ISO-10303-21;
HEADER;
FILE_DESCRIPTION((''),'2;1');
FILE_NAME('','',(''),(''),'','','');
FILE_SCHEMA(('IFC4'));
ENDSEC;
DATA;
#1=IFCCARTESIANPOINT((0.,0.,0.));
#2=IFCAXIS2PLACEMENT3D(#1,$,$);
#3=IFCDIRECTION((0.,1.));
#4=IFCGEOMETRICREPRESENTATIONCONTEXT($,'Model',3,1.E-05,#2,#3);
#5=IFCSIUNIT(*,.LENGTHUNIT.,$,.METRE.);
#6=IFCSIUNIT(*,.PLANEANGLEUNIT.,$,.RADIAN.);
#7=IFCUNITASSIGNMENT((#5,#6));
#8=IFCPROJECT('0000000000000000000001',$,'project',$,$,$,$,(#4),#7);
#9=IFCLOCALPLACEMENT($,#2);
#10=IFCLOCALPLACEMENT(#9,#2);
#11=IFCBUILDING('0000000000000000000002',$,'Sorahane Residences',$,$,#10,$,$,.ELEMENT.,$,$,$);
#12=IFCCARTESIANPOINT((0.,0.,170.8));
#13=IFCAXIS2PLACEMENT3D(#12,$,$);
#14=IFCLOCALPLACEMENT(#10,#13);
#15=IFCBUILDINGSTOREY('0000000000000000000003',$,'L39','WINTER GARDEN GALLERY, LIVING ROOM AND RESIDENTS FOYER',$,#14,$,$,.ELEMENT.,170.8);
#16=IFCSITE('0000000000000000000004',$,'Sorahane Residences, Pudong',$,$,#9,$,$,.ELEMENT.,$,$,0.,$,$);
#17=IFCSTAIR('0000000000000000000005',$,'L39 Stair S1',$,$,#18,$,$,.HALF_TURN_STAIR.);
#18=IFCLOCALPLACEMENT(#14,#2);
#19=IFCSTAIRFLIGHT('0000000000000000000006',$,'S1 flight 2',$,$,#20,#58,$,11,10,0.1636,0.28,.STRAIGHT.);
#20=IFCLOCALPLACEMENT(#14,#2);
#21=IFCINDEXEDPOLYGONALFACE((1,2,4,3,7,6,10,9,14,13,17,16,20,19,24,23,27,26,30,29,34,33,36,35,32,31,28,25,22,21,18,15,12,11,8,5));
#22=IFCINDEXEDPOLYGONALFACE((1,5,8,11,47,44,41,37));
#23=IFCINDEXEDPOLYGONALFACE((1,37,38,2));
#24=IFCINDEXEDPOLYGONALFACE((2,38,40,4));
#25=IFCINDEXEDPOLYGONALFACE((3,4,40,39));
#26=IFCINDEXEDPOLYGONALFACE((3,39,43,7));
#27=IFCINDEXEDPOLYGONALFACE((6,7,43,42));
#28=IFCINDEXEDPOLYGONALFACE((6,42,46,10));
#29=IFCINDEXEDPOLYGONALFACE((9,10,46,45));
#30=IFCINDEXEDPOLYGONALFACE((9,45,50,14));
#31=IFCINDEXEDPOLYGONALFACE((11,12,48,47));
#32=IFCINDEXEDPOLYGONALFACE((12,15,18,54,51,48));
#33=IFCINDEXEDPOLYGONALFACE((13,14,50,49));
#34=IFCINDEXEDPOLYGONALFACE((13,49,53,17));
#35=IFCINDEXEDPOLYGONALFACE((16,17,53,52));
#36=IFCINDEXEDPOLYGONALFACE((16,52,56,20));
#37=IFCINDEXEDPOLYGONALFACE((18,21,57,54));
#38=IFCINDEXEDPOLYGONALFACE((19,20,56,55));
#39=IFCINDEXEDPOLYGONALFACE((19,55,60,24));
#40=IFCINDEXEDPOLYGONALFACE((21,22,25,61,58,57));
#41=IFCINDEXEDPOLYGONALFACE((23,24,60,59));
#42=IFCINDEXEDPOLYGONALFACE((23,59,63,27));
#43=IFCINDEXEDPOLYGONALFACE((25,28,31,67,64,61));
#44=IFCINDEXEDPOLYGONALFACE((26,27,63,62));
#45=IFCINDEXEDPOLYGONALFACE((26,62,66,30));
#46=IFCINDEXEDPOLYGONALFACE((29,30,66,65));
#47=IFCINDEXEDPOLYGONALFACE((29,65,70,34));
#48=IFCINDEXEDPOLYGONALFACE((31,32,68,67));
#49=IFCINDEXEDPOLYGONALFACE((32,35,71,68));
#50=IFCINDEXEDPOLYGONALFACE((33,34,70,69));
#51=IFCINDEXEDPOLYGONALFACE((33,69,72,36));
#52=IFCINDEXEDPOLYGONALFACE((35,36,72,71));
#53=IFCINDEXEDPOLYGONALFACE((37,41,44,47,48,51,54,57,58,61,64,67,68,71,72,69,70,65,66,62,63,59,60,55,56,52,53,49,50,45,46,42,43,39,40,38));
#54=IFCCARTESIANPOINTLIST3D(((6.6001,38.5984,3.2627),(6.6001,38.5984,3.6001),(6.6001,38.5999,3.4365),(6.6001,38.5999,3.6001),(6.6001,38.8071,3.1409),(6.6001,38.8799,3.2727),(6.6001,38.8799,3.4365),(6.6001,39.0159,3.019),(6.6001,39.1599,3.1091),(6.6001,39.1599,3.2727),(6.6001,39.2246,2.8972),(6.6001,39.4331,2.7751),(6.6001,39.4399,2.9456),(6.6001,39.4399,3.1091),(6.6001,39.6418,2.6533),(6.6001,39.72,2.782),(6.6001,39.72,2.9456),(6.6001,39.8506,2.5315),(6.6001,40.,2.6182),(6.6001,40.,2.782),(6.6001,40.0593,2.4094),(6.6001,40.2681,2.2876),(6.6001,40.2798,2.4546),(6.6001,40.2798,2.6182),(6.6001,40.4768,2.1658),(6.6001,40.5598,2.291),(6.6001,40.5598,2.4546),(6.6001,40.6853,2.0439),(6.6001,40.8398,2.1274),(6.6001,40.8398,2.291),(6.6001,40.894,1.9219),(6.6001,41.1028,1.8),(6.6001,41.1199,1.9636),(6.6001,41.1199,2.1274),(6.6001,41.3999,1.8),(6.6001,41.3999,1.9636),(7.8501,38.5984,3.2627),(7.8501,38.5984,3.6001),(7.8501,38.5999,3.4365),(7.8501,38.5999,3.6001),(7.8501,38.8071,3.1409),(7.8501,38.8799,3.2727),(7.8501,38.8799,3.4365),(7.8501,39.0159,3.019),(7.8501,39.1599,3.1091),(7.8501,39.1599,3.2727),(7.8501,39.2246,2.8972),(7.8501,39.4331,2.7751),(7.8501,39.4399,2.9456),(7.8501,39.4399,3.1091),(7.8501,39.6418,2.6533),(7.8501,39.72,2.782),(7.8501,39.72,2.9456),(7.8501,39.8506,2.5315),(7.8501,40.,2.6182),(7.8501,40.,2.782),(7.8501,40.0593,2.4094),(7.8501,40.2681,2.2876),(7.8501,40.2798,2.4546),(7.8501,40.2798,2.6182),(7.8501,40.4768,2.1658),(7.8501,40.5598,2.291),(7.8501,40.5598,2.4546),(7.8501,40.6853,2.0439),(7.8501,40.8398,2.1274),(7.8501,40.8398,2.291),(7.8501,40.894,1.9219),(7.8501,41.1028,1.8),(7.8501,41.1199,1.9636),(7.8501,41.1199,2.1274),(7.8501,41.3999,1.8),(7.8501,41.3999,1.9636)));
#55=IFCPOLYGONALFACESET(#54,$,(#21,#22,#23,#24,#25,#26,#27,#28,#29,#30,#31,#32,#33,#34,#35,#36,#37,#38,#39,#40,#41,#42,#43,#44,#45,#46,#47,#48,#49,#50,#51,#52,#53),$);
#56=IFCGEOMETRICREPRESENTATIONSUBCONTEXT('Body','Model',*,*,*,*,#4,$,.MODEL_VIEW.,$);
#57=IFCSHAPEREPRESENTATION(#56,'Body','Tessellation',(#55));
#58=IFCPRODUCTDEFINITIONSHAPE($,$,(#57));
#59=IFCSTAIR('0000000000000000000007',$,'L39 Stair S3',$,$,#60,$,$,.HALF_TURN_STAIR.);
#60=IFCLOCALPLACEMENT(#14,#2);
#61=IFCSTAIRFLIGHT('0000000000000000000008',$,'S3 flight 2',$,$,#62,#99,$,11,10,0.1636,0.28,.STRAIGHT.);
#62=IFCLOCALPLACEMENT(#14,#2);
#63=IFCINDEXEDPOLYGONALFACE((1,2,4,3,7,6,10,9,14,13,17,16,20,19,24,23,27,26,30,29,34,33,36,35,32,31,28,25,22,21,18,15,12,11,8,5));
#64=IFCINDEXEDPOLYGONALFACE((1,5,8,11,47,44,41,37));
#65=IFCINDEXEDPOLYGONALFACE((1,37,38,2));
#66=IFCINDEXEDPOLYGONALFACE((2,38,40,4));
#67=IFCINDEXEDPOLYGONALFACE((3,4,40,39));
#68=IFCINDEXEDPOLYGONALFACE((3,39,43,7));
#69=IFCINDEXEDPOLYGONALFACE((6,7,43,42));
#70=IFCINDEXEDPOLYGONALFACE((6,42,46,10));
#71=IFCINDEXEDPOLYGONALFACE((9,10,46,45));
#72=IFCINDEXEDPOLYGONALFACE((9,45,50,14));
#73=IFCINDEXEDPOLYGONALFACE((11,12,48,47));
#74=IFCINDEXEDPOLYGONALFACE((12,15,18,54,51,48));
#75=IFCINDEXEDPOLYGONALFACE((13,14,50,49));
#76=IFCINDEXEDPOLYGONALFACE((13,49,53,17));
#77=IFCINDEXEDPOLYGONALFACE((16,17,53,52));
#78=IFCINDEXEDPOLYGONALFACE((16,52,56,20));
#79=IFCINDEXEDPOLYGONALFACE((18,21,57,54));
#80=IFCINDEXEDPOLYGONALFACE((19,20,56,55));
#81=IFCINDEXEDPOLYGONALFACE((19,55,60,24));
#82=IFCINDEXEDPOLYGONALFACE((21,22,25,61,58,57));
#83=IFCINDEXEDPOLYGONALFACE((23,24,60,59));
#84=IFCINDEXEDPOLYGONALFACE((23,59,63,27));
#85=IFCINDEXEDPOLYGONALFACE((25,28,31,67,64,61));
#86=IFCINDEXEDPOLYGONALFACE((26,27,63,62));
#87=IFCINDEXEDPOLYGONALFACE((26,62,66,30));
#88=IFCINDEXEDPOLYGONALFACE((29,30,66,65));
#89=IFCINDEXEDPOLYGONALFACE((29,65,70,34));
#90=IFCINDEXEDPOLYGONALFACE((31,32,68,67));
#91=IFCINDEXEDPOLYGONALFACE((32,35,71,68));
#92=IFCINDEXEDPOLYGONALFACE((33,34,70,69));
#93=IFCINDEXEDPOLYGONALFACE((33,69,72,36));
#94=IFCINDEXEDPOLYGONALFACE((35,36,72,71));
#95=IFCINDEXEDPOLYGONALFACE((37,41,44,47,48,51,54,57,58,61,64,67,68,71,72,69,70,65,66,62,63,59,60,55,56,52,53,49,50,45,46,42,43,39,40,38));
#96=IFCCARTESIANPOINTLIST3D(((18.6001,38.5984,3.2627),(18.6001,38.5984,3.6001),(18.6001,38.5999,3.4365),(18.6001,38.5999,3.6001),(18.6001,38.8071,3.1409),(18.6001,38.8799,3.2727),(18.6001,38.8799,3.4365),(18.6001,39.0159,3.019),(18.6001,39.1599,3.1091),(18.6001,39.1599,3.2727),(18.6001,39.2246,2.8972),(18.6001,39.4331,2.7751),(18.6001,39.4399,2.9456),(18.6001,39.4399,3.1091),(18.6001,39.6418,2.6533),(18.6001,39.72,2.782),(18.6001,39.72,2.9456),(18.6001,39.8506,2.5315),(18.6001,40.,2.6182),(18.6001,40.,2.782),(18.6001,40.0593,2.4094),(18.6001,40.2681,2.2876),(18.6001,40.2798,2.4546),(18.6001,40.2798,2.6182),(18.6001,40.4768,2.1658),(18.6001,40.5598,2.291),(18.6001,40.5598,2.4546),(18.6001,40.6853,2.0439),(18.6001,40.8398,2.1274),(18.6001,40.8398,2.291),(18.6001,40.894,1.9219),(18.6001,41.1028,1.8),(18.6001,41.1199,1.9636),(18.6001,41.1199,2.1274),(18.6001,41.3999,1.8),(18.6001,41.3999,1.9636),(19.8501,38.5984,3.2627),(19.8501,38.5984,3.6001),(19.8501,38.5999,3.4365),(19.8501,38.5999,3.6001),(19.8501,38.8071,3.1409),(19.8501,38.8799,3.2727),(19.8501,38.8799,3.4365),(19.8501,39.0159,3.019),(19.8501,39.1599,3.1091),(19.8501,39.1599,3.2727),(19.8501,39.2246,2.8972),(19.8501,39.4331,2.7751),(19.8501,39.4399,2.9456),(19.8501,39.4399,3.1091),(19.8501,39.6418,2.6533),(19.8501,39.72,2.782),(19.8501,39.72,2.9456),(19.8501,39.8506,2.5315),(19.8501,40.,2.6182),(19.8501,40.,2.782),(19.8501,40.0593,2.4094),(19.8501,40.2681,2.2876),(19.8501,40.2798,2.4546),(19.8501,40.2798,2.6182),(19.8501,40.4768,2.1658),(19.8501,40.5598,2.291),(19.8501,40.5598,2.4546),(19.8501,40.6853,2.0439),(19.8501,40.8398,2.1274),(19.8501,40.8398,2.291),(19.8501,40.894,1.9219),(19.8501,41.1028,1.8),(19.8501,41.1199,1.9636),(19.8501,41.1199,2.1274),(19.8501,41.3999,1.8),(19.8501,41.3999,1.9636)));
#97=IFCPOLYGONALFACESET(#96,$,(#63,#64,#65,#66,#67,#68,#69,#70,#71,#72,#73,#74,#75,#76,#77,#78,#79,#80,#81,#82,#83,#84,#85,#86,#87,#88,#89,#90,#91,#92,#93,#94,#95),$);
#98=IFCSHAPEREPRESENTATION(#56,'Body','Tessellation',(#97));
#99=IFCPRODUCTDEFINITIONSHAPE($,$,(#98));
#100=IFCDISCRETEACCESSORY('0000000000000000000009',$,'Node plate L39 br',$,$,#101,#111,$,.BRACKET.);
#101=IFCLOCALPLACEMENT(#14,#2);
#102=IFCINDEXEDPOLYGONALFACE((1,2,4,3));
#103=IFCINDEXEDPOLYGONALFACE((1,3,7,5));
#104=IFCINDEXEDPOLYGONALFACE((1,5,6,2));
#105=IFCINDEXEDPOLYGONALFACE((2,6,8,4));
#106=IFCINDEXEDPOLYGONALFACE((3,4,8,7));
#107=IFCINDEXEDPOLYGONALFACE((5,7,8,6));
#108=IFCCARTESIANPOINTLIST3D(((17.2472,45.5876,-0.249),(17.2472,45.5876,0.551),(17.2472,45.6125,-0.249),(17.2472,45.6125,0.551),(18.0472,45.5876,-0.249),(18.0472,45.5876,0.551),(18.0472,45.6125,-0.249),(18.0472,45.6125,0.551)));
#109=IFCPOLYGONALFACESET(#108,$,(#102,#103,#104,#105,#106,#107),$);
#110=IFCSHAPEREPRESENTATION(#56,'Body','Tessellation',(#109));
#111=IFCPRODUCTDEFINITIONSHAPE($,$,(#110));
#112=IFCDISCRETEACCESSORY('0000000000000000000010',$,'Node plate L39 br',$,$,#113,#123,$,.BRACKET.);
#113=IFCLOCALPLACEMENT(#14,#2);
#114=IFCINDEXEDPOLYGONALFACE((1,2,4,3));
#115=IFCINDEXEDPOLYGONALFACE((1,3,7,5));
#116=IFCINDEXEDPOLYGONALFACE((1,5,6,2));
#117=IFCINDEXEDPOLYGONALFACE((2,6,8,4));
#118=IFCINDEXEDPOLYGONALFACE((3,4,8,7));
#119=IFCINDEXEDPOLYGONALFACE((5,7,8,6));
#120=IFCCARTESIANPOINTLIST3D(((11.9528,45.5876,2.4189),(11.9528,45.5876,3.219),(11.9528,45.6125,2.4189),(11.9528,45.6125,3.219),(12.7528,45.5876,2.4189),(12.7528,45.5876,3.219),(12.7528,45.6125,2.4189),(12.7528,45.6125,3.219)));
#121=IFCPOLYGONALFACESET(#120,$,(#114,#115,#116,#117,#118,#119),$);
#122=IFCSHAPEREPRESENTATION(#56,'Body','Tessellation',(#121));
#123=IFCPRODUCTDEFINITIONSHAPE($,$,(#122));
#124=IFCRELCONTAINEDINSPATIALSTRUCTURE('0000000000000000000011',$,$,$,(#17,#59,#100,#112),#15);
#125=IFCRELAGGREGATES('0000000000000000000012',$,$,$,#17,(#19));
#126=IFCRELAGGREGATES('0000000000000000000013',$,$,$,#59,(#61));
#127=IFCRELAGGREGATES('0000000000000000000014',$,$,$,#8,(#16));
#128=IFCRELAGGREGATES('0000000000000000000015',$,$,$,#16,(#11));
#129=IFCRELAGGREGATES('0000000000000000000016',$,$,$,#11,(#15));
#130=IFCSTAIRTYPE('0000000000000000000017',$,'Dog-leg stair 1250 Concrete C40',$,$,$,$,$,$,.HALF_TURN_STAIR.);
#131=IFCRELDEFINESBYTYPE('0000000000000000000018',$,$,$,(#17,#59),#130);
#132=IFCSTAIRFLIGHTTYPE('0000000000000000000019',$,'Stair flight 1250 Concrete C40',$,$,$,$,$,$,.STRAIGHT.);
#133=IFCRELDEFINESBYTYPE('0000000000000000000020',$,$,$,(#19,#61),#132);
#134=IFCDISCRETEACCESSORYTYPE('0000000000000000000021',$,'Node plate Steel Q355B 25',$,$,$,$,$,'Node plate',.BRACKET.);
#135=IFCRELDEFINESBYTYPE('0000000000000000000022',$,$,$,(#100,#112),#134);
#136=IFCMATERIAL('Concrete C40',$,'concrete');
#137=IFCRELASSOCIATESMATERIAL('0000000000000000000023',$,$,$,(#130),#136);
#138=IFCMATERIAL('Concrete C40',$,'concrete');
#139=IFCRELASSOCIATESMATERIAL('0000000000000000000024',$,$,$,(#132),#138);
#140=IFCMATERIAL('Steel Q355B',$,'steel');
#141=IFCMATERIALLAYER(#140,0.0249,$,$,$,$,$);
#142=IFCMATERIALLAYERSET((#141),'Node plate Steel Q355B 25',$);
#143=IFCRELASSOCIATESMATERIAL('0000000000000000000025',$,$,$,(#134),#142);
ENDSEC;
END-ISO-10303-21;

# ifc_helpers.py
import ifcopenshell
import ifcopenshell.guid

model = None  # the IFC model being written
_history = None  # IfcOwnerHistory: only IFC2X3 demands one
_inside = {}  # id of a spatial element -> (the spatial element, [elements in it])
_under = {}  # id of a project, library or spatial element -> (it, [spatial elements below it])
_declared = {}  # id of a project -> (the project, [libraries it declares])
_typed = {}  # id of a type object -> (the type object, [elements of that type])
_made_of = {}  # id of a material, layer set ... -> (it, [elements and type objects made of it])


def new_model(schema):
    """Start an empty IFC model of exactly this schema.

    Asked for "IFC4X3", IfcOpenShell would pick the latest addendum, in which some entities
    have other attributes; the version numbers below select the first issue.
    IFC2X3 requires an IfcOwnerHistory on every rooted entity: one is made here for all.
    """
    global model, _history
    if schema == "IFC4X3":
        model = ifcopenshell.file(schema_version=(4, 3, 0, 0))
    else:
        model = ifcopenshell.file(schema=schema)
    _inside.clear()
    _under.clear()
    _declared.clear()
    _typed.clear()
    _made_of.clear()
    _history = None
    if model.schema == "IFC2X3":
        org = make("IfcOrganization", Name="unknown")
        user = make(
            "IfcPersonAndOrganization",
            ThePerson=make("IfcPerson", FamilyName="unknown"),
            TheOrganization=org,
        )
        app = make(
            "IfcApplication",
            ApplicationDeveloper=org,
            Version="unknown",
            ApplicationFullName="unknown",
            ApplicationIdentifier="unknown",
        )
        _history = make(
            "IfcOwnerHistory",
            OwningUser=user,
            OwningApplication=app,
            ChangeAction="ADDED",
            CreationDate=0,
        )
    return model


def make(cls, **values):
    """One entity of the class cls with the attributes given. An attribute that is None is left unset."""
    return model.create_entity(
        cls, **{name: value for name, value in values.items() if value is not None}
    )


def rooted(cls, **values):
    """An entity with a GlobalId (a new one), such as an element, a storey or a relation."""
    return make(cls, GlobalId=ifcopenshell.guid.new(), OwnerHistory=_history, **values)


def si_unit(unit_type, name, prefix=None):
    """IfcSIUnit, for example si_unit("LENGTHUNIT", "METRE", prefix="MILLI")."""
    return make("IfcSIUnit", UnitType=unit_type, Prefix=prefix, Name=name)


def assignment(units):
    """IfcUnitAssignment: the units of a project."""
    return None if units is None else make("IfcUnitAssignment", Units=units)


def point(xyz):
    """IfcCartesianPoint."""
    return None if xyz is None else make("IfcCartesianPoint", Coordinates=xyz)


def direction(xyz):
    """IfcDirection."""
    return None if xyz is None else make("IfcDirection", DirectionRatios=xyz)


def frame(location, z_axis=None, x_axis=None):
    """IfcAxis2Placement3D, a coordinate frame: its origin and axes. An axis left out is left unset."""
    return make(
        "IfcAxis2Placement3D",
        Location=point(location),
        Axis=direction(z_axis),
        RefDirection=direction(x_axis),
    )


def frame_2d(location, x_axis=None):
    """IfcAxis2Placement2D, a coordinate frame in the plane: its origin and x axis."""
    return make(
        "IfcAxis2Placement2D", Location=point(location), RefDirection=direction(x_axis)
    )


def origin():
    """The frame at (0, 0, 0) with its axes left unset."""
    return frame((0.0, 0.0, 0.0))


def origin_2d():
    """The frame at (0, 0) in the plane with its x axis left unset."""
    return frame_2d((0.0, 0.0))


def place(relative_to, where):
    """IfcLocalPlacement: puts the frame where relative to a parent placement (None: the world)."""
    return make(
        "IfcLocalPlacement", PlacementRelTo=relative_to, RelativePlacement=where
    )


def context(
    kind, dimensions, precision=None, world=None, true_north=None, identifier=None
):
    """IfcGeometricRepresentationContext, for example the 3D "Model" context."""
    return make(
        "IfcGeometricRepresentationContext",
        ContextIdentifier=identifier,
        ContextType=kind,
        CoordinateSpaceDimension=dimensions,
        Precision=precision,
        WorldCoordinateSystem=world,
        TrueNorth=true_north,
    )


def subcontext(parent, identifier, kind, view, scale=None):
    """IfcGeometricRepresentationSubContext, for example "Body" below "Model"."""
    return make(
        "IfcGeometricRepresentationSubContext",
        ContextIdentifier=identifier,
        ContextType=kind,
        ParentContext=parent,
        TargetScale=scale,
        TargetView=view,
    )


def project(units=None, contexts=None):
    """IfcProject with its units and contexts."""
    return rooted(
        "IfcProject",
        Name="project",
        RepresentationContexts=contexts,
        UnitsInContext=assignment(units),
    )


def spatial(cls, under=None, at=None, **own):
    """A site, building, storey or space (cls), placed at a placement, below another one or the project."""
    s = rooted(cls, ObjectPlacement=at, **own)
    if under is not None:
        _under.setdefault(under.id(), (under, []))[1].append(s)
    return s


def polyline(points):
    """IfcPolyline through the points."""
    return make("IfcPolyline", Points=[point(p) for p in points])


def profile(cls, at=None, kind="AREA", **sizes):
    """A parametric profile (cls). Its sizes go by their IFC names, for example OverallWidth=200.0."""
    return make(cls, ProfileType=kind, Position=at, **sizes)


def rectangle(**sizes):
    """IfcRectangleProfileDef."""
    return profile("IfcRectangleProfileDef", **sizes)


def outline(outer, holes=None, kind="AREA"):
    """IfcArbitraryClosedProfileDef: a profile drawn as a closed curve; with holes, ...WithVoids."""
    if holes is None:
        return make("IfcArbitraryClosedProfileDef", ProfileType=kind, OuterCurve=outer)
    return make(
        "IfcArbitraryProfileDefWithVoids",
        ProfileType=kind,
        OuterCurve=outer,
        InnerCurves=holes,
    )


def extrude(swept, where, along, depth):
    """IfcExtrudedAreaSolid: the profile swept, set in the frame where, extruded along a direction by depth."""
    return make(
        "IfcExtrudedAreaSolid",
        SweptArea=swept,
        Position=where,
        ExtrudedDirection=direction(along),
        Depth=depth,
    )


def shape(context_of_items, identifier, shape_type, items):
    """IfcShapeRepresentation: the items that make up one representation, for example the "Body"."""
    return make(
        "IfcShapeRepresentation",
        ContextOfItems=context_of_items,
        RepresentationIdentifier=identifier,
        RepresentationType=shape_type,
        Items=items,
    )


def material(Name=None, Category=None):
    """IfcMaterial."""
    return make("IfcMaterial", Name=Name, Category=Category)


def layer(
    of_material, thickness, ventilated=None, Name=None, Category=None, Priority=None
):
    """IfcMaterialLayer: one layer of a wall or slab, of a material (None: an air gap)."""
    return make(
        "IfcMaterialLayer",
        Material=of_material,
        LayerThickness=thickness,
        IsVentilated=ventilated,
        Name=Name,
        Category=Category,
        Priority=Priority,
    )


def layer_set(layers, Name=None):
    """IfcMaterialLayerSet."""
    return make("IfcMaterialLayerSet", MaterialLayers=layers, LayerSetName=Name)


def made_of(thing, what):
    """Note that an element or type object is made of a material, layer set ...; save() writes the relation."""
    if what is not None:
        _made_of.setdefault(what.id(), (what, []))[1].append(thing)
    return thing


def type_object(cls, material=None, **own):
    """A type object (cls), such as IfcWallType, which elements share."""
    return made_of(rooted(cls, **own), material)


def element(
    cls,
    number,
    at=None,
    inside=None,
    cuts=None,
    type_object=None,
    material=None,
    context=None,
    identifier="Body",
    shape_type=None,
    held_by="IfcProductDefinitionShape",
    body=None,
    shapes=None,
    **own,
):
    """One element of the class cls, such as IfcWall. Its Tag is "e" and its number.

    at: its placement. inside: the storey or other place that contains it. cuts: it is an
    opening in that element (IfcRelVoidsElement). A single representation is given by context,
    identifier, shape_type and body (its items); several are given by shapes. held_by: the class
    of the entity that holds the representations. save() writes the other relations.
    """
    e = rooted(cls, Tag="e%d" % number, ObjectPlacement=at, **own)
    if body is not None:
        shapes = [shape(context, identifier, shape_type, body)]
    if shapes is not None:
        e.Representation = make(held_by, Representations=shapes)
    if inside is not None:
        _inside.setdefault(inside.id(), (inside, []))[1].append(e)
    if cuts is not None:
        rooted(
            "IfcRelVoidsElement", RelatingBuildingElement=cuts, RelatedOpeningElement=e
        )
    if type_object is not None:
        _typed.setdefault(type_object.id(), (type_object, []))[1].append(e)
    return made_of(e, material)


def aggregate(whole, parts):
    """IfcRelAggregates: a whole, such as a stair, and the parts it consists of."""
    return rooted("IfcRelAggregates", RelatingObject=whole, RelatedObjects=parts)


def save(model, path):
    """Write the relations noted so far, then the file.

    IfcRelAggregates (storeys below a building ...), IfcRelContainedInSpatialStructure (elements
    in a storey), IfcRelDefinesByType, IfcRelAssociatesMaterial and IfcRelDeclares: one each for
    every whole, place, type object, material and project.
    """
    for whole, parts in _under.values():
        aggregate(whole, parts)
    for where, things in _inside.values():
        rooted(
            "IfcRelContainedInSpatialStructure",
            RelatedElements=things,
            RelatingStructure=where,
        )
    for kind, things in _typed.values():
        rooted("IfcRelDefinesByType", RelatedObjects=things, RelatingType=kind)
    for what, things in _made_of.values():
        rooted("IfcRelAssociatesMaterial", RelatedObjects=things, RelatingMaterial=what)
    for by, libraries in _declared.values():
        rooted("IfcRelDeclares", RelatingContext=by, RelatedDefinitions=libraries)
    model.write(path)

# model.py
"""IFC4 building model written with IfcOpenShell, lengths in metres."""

from ifc_helpers import new_model, si_unit, direction, frame, origin, origin_2d, place, context, subcontext, project, spatial, polyline, rectangle, outline, extrude, material, layer, layer_set, type_object, element, aggregate, save


model = new_model("IFC4")

# Units and contexts
model_context = context("Model", 3, precision=1e-05, world=origin(), true_north=direction((0.0, 1.0)))
body_context = subcontext(model_context, "Body", "Model", "MODEL_VIEW")
ifc_project = project(units=[si_unit("LENGTHUNIT", "METRE"), si_unit("PLANEANGLEUNIT", "RADIAN")], contexts=[model_context])

# Site, building, storey
site_placement = place(None, origin())
site = spatial("IfcSite", under=ifc_project, at=site_placement, Name="Sorahane Residences, Pudong", CompositionType="ELEMENT", RefElevation=0.0)
building_placement = place(site_placement, origin())
building = spatial("IfcBuilding", under=site, at=building_placement, Name="Sorahane Residences", CompositionType="ELEMENT")
storey_placement = place(building_placement, frame((0.0, 0.0, 170.8)))
storey = spatial("IfcBuildingStorey", under=building, at=storey_placement, Name="L39", Description="WINTER GARDEN GALLERY, LIVING ROOM AND RESIDENTS FOYER", CompositionType="ELEMENT", Elevation=170.8)

# Stairs, stair flights
ifc_material_1 = material(Name="Concrete C40", Category="concrete")
stair_type = type_object("IfcStairType", Name="Dog-leg stair 1250 Concrete C40", PredefinedType="HALF_TURN_STAIR", material=ifc_material_1)
stair_1_placement = place(storey_placement, origin())
stair_1 = element("IfcStair", 1, at=stair_1_placement, inside=storey, type_object=stair_type, Name="L39 Stair S1", PredefinedType="HALF_TURN_STAIR")
ifc_material_2 = material(Name="Concrete C40", Category="concrete")
stair_flight_type = type_object("IfcStairFlightType", Name="Stair flight 1250 Concrete C40", PredefinedType="STRAIGHT", material=ifc_material_2)
stair_flight_1_placement = place(storey_placement, frame((7.2251, 41.3999, 1.8), z_axis=(0.0, 0.0, 1.0), x_axis=(0.0, -1.0, 0.0)))
stair_flight_1 = element("IfcStairFlight", 2, at=stair_flight_1_placement, type_object=stair_flight_type, Name="S1 flight 2", NumberOfRisers=11, NumberOfTreads=10, PredefinedType="STRAIGHT", RiserHeight=0.1636, TreadLength=0.28, context=body_context, shape_type="SweptSolid", body=[
    extrude(outline(polyline([(0.0, 0.0), (0.0, 0.1636), (0.28, 0.1636), (0.28, 0.3274), (0.5601, 0.3274), (0.5601, 0.491), (0.8401, 0.491), (0.8401, 0.6545), (1.1201, 0.6545), (1.1201, 0.8181), (1.3999, 0.8181), (1.3999, 0.9819), (1.6799, 0.9819), (1.6799, 1.1455), (1.96, 1.1455), (1.96, 1.3091), (2.24, 1.3091), (2.24, 1.4727), (2.52, 1.4727), (2.52, 1.6365), (2.8, 1.6365), (2.8, 1.8), (2.8015, 1.8), (2.8015, 1.4626), (2.5928, 1.3408), (2.384, 1.219), (2.1753, 1.0972), (1.9668, 0.9751), (1.7581, 0.8533), (1.5493, 0.7314), (1.3406, 0.6094), (1.1318, 0.4875), (0.9231, 0.3657), (0.7146, 0.2439), (0.5059, 0.1218), (0.2971, 0.0), (0.0, 0.0)])), frame((0.0, 0.625, 0.0), z_axis=(0.0, -1.0, 0.0), x_axis=(1.0, 0.0, 0.0)), (0.0, 0.0, 1.0), 1.25),
])
aggregate(stair_1, [stair_flight_1])
stair_2_placement = place(storey_placement, origin())
stair_2 = element("IfcStair", 3, at=stair_2_placement, inside=storey, type_object=stair_type, Name="L39 Stair S3", PredefinedType="HALF_TURN_STAIR")
stair_flight_2_placement = place(storey_placement, frame((19.2251, 41.3999, 1.8), z_axis=(0.0, 0.0, 1.0), x_axis=(0.0, -1.0, 0.0)))
stair_flight_2 = element("IfcStairFlight", 4, at=stair_flight_2_placement, type_object=stair_flight_type, Name="S3 flight 2", NumberOfRisers=11, NumberOfTreads=10, PredefinedType="STRAIGHT", RiserHeight=0.1636, TreadLength=0.28, context=body_context, shape_type="SweptSolid", body=[
    extrude(outline(polyline([(0.0, 0.0), (0.0, 0.1636), (0.28, 0.1636), (0.28, 0.3274), (0.5601, 0.3274), (0.5601, 0.491), (0.8401, 0.491), (0.8401, 0.6545), (1.1201, 0.6545), (1.1201, 0.8181), (1.3999, 0.8181), (1.3999, 0.9819), (1.6799, 0.9819), (1.6799, 1.1455), (1.96, 1.1455), (1.96, 1.3091), (2.24, 1.3091), (2.24, 1.4727), (2.52, 1.4727), (2.52, 1.6365), (2.8, 1.6365), (2.8, 1.8), (2.8015, 1.8), (2.8015, 1.4626), (2.5928, 1.3408), (2.384, 1.219), (2.1753, 1.0972), (1.9668, 0.9751), (1.7581, 0.8533), (1.5493, 0.7314), (1.3406, 0.6094), (1.1318, 0.4875), (0.9231, 0.3657), (0.7146, 0.2439), (0.5059, 0.1218), (0.2971, 0.0), (0.0, 0.0)])), frame((0.0, 0.625, 0.0), z_axis=(0.0, -1.0, 0.0), x_axis=(1.0, 0.0, 0.0)), (0.0, 0.0, 1.0), 1.25),
])
aggregate(stair_2, [stair_flight_2])

# Discrete accessories
ifc_material_3 = material(Name="Steel Q355B", Category="steel")
ifc_layer_1 = layer(ifc_material_3, 0.0249)
ifc_layer_set_1 = layer_set([ifc_layer_1], Name="Node plate Steel Q355B 25")
discrete_accessory_type = type_object("IfcDiscreteAccessoryType", Name="Node plate Steel Q355B 25", ElementType="Node plate", PredefinedType="BRACKET", material=ifc_layer_set_1)
for number, where, z_axis, x_axis, name in (
    (5, (17.6472, 45.6001, -0.249), (0.0, 0.0, 1.0), (1.0, 0.0, 0.0), "Node plate L39 br"),
    (6, (12.3528, 45.6001, 2.4189), (0.0, 0.0, 1.0), (1.0, 0.0, 0.0), "Node plate L39 br"),
):
    element("IfcDiscreteAccessory", number, at=place(storey_placement, frame(where, z_axis=z_axis, x_axis=x_axis)), inside=storey, type_object=discrete_accessory_type, Name=name, PredefinedType="BRACKET", context=body_context, shape_type="SweptSolid", body=[
        extrude(rectangle(XDim=0.8, YDim=0.0249, at=origin_2d()), origin(), (0.0, 0.0, 1.0), 0.8),
    ])

save(model, "model.ifc")
